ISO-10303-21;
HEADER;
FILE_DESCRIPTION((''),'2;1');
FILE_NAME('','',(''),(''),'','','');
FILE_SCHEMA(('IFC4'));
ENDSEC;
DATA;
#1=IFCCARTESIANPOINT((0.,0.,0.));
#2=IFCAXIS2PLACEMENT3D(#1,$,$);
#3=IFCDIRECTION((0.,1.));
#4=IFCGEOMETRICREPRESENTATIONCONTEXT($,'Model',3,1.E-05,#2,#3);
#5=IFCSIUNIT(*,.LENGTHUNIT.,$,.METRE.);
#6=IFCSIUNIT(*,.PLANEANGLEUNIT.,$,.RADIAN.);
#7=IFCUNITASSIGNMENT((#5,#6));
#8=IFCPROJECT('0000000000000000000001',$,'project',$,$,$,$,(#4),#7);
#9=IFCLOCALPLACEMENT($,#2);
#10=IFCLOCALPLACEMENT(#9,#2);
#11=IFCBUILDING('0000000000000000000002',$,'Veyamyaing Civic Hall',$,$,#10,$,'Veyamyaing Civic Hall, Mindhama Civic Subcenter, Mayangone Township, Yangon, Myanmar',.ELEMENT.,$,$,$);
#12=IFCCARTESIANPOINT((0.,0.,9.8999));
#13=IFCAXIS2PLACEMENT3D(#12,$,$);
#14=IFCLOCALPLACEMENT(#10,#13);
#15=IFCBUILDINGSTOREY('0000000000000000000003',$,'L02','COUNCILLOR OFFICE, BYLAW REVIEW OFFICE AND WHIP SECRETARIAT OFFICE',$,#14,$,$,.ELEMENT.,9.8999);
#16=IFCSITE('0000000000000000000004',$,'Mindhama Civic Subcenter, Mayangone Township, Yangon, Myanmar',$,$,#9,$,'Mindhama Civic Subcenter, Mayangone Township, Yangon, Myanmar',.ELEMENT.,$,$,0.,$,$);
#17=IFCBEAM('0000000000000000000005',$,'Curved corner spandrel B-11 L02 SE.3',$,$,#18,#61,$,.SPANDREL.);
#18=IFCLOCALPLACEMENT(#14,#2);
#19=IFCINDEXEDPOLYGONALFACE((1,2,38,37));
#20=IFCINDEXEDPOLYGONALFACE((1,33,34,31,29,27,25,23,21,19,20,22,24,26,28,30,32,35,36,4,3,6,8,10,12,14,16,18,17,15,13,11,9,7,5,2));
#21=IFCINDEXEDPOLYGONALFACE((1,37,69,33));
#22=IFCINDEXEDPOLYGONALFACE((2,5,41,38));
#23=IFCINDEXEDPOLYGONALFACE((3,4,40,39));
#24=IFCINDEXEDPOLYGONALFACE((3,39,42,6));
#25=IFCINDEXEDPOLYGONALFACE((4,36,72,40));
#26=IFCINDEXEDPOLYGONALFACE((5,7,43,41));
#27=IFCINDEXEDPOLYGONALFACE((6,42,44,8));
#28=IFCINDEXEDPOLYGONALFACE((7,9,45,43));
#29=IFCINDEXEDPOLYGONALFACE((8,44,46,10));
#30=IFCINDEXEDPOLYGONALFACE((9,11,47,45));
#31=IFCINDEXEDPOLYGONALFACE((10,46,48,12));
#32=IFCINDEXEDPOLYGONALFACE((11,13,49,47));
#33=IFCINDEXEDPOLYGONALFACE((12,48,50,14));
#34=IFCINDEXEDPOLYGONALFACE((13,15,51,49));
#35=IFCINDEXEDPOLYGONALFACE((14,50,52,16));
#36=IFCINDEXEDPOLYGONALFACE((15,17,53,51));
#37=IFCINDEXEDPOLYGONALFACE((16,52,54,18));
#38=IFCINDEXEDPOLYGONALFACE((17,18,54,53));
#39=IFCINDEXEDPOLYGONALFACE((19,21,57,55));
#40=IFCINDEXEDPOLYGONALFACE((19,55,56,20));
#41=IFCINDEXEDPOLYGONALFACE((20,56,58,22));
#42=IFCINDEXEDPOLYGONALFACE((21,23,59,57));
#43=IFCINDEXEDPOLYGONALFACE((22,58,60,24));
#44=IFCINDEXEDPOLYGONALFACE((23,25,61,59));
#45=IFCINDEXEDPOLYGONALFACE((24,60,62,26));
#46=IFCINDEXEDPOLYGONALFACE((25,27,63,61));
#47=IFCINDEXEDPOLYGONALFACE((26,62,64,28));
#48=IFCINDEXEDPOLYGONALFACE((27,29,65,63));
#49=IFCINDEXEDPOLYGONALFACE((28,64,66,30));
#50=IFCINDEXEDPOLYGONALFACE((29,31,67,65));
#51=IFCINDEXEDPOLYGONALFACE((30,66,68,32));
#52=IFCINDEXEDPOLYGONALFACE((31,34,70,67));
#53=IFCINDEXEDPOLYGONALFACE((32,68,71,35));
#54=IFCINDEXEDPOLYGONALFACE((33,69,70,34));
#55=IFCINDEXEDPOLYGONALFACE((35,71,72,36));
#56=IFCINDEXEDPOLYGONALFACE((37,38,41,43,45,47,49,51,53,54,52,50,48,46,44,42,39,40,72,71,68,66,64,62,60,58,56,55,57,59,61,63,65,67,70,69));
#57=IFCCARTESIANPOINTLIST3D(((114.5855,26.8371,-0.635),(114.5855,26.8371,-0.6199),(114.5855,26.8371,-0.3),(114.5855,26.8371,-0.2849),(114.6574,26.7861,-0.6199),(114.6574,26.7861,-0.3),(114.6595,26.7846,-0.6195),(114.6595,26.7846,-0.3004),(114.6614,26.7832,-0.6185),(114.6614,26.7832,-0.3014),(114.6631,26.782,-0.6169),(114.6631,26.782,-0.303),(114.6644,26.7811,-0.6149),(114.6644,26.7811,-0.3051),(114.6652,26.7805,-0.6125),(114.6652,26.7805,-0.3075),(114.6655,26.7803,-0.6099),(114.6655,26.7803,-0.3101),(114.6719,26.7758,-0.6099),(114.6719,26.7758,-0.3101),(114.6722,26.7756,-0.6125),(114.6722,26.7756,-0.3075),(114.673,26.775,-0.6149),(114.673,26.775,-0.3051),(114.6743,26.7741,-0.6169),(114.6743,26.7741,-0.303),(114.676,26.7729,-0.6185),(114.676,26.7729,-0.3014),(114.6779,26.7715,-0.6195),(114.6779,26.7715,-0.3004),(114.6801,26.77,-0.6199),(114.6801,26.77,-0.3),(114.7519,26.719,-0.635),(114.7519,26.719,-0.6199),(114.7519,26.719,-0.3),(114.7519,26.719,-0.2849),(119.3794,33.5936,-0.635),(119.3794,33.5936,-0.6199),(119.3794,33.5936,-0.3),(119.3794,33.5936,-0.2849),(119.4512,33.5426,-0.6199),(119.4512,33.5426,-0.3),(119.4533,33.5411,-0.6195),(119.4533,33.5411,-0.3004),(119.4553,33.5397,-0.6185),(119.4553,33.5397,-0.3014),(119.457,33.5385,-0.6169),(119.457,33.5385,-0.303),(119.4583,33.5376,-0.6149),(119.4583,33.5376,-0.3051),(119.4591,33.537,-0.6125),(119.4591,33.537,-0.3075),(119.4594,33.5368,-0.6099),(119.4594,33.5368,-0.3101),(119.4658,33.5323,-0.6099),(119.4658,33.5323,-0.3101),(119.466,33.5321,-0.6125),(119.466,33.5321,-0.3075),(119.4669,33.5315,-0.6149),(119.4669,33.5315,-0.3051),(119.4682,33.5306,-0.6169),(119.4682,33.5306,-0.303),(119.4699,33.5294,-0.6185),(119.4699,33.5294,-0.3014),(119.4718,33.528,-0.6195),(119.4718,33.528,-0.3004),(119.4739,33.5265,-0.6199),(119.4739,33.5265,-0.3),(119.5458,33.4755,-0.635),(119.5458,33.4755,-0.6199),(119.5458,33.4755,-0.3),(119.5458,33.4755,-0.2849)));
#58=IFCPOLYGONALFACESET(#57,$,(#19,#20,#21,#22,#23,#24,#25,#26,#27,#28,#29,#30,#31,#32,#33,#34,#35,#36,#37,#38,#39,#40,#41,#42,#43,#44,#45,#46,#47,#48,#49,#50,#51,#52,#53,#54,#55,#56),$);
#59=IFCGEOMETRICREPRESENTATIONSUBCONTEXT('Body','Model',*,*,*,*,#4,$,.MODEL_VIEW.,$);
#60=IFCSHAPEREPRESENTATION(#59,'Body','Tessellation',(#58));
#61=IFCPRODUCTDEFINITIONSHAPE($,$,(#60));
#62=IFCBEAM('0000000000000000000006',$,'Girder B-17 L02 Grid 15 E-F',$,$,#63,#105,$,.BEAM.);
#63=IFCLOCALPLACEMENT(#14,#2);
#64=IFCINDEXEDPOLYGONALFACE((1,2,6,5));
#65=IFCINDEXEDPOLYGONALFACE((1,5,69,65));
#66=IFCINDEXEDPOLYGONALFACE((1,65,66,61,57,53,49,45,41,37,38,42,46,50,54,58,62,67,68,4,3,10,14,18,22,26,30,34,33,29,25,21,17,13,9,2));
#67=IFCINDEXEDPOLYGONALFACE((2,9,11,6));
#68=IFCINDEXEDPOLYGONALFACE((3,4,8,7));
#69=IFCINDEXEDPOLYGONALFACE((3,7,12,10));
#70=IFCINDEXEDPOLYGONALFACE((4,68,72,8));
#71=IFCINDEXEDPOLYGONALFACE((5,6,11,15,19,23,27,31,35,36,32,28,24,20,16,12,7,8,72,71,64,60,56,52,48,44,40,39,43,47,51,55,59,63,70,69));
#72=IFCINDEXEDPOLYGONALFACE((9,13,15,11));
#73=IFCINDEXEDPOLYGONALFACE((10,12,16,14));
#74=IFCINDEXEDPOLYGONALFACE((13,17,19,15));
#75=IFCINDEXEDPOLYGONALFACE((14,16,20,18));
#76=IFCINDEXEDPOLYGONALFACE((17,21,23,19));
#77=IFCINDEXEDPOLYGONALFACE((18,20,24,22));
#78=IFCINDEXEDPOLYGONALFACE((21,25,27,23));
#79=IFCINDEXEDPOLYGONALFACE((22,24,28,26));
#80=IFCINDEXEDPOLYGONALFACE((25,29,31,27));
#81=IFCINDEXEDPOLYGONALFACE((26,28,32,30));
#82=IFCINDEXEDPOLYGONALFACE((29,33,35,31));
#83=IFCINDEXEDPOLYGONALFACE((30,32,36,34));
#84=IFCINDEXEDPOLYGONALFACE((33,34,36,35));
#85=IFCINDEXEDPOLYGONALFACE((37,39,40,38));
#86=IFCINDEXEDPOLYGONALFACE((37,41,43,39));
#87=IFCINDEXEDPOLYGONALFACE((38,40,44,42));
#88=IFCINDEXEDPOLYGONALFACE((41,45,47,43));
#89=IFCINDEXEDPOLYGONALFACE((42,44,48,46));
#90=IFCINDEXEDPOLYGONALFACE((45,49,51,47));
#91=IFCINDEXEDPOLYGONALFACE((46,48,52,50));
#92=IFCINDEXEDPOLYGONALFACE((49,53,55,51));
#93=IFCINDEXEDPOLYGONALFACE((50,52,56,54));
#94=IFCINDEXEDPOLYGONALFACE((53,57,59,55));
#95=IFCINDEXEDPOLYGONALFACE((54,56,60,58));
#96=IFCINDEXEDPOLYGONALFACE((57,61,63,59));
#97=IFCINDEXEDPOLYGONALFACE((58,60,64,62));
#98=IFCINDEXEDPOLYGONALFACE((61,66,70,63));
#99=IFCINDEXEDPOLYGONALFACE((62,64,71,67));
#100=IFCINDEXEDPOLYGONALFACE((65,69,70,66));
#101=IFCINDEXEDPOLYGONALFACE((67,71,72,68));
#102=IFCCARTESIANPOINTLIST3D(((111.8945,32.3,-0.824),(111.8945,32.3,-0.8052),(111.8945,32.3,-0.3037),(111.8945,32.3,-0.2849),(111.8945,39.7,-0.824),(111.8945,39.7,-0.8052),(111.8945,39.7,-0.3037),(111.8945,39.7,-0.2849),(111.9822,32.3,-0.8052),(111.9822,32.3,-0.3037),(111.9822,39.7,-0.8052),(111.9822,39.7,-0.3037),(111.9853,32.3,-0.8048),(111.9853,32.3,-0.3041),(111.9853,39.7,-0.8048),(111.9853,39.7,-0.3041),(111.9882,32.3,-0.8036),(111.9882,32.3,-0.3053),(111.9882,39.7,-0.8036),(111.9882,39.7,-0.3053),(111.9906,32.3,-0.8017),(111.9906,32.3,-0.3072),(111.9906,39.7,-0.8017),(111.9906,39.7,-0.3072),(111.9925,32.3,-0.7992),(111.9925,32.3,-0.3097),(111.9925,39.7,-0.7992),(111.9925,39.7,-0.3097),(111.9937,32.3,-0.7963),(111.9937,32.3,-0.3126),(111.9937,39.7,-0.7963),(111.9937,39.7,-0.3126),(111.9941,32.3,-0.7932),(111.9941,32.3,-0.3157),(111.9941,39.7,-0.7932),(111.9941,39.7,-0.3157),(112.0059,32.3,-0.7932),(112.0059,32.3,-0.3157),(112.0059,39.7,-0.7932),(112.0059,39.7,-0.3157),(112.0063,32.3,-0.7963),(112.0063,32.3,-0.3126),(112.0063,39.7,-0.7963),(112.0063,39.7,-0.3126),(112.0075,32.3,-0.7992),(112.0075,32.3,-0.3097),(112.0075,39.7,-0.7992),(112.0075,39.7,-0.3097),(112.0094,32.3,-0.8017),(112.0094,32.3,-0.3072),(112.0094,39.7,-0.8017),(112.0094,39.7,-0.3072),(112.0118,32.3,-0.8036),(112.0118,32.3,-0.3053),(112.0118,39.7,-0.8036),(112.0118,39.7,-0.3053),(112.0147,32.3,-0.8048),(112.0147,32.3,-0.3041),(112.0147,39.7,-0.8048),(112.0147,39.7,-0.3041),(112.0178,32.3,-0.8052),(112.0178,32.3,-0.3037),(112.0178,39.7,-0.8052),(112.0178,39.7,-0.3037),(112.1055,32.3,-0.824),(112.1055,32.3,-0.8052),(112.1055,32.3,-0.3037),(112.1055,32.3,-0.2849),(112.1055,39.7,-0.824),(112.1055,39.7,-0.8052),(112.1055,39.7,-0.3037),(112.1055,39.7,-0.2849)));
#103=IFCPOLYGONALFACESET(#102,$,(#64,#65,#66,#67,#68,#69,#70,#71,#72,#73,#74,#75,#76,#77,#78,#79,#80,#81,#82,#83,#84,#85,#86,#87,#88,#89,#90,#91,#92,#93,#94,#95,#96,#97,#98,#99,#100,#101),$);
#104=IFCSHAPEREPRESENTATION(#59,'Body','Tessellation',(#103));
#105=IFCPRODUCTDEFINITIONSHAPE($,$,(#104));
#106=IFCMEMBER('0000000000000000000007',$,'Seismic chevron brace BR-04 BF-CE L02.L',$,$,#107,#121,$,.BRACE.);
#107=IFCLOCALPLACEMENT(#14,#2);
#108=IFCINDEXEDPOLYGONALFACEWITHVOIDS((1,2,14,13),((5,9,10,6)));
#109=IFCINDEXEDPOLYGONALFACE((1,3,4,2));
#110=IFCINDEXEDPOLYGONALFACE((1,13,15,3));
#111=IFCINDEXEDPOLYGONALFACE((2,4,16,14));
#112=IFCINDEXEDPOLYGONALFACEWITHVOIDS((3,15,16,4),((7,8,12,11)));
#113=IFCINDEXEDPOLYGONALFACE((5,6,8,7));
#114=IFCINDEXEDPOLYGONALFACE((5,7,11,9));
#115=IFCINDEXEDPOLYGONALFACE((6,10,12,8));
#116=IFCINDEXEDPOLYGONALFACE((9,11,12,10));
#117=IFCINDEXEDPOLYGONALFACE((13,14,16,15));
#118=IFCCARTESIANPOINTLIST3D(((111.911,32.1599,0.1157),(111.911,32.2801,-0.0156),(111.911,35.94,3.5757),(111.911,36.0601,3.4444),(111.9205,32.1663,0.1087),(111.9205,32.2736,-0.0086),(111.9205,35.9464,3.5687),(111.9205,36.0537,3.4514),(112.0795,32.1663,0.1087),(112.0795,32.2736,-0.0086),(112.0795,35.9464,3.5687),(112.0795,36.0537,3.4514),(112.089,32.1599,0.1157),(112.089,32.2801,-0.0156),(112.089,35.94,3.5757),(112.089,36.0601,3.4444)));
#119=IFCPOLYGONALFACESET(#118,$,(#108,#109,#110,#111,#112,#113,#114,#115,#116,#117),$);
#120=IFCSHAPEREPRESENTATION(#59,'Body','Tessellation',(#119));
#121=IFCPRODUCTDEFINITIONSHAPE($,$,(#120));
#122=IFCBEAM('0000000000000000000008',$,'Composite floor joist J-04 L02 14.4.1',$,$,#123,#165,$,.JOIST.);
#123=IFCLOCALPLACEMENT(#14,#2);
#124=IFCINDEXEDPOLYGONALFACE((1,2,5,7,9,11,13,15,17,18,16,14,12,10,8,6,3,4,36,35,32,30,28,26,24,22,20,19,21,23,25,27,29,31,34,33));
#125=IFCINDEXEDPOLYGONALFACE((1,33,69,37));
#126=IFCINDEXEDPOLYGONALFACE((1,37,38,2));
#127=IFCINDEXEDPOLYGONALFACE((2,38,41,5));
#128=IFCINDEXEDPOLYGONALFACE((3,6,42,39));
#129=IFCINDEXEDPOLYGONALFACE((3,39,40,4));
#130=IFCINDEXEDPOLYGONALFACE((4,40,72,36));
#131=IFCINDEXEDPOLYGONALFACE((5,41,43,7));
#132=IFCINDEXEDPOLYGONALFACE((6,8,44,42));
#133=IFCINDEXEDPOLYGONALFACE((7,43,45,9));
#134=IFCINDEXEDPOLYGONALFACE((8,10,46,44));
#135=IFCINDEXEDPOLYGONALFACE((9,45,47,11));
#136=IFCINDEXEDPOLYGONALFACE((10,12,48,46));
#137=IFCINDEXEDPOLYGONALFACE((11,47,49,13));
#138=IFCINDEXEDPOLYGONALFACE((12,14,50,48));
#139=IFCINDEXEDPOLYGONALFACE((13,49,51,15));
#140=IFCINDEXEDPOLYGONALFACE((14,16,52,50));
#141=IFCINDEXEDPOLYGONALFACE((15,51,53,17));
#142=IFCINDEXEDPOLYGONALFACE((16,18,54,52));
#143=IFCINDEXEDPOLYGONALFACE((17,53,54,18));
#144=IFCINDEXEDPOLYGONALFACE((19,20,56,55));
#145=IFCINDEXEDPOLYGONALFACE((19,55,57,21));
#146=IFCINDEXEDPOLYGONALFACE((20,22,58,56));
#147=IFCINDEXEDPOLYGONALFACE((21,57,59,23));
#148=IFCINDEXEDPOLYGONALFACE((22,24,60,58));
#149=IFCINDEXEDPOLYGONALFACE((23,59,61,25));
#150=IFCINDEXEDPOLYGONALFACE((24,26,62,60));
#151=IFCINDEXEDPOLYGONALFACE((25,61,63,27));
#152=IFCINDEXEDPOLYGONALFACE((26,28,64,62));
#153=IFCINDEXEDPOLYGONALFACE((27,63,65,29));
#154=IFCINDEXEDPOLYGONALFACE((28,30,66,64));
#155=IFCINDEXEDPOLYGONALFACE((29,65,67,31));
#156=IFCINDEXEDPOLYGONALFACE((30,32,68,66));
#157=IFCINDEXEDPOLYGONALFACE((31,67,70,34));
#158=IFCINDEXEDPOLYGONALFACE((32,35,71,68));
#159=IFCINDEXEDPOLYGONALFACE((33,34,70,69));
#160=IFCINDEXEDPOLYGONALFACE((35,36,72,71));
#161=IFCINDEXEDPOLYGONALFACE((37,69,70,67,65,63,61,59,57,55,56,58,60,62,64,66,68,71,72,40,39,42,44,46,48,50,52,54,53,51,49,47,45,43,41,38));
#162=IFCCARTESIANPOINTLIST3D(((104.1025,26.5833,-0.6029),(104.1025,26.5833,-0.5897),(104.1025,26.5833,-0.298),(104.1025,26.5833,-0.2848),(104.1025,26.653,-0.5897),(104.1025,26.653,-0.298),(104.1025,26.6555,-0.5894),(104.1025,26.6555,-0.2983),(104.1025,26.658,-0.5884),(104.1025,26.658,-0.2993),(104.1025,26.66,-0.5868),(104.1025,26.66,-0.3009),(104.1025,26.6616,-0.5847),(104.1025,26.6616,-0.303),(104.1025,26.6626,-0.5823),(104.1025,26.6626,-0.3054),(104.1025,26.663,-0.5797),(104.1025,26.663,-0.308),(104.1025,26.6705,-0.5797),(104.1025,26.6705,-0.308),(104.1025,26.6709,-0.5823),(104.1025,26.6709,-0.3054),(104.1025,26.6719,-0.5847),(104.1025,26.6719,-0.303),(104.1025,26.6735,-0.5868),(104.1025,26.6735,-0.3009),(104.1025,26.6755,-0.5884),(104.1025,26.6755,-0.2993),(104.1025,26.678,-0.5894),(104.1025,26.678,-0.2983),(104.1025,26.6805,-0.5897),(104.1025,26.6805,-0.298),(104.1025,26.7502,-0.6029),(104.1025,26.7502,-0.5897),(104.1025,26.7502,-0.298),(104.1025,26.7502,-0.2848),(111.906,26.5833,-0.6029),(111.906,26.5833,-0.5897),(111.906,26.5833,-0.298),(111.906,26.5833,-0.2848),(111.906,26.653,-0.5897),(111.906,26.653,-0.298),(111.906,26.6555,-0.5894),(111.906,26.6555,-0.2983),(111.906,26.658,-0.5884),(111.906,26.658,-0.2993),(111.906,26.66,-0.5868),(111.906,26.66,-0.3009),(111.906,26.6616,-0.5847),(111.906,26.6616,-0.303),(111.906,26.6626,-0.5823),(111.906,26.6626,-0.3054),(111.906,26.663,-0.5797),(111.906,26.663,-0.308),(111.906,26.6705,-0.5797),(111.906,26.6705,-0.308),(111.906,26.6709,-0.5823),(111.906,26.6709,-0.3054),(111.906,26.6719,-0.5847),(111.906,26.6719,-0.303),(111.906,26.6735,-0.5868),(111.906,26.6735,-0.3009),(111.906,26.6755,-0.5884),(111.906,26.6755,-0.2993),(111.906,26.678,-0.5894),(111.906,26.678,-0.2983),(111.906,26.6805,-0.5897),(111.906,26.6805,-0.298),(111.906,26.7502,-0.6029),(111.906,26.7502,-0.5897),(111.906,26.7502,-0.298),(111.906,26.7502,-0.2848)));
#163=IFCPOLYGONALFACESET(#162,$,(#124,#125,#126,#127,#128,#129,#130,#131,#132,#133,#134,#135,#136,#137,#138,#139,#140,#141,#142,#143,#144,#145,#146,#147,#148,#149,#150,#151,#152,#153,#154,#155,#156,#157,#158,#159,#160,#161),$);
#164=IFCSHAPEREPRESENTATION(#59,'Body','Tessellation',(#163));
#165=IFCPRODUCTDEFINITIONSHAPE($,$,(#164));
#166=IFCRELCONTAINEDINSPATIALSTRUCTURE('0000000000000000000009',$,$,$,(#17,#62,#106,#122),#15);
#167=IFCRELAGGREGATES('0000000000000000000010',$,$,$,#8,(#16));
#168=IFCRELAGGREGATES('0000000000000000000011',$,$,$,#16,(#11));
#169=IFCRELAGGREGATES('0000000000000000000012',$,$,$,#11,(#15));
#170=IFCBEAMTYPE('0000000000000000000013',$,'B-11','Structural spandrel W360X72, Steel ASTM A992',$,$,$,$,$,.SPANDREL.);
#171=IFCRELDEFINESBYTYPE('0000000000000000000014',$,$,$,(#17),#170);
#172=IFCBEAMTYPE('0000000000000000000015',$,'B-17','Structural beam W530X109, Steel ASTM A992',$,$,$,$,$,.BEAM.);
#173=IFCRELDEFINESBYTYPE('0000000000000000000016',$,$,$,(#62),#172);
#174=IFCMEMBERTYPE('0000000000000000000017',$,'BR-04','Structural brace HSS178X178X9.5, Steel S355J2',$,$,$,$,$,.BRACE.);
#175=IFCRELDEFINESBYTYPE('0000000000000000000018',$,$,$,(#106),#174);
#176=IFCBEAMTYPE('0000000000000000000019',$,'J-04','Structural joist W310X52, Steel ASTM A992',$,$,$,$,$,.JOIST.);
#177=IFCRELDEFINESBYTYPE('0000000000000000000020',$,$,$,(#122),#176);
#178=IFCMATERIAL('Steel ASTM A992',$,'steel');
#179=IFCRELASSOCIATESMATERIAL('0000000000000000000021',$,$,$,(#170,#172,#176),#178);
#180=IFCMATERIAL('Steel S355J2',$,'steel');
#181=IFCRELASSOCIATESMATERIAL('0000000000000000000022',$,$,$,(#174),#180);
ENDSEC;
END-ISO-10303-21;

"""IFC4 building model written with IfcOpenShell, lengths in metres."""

from ifc_helpers import new_model, si_unit, direction, frame, origin, origin_2d, place, context, subcontext, project, spatial, hollow_rectangle, i_section, extrude, material, material_profile, profile_set, type_object, element, save


model = new_model("IFC4")

# Units and contexts
model_context = context("Model", 3, precision=1e-05, world=origin(), true_north=direction((0.0, 1.0)))
body_context = subcontext(model_context, "Body", "Model", "MODEL_VIEW")
ifc_project = project(units=[si_unit("LENGTHUNIT", "METRE"), si_unit("PLANEANGLEUNIT", "RADIAN")], contexts=[model_context])

# Site, building, storey
site_placement = place(None, origin())
site = spatial("IfcSite", under=ifc_project, at=site_placement, Name="Mindhama Civic Subcenter, Mayangone Township, Yangon, Myanmar", LongName="Mindhama Civic Subcenter, Mayangone Township, Yangon, Myanmar", CompositionType="ELEMENT", RefElevation=0.0)
building_placement = place(site_placement, origin())
building = spatial("IfcBuilding", under=site, at=building_placement, Name="Veyamyaing Civic Hall", LongName="Veyamyaing Civic Hall, Mindhama Civic Subcenter, Mayangone Township, Yangon, Myanmar", CompositionType="ELEMENT")
storey_placement = place(building_placement, frame((0.0, 0.0, 9.8999)))
storey = spatial("IfcBuildingStorey", under=building, at=storey_placement, Name="L02", Description="COUNCILLOR OFFICE, BYLAW REVIEW OFFICE AND WHIP SECRETARIAT OFFICE", CompositionType="ELEMENT", Elevation=9.8999)

# Beams
ifc_material_1 = material(Name="Steel ASTM A992", Category="steel")
ifc_material_profile_1 = material_profile(ifc_material_1, i_section(OverallWidth=0.2041, OverallDepth=0.3501, WebThickness=0.0078, FlangeThickness=0.0151, FilletRadius=0.01, at=origin_2d()), Name="W360X72")
ifc_profile_set_1 = profile_set([ifc_material_profile_1], Name="Steel ASTM A992")
beam_type_1 = type_object("IfcBeamType", Name="B-11", Description="Structural spandrel W360X72, Steel ASTM A992", PredefinedType="SPANDREL", material=ifc_profile_set_1)
beam_1_placement = place(storey_placement, frame((114.6687, 26.7781, -0.46), z_axis=(0.578662, 0.815567, 0.0), x_axis=(-0.815567, 0.578662, 0.0)))
element("IfcBeam", 1, at=beam_1_placement, inside=storey, type_object=beam_type_1, Name="Curved corner spandrel B-11 L02 SE.3", PredefinedType="SPANDREL", context=body_context, shape_type="SweptSolid", body=[
    extrude(i_section(OverallWidth=0.2041, OverallDepth=0.3501, WebThickness=0.0078, FlangeThickness=0.0151, FilletRadius=0.01, at=origin_2d()), origin(), (0.0, 0.0, 1.0), 8.2844),
])
ifc_material_profile_2 = material_profile(ifc_material_1, i_section(OverallWidth=0.2109, OverallDepth=0.5391, WebThickness=0.0117, FlangeThickness=0.0188, FilletRadius=0.012, at=origin_2d()), Name="W530X109")
ifc_profile_set_2 = profile_set([ifc_material_profile_2], Name="Steel ASTM A992")
beam_type_2 = type_object("IfcBeamType", Name="B-17", Description="Structural beam W530X109, Steel ASTM A992", PredefinedType="BEAM", material=ifc_profile_set_2)
beam_2_placement = place(storey_placement, frame((112.0, 32.3, -0.5544), z_axis=(0.0, 1.0, 0.0), x_axis=(-1.0, 0.0, 0.0)))
element("IfcBeam", 2, at=beam_2_placement, inside=storey, type_object=beam_type_2, Name="Girder B-17 L02 Grid 15 E-F", PredefinedType="BEAM", context=body_context, shape_type="SweptSolid", body=[
    extrude(i_section(OverallWidth=0.2109, OverallDepth=0.5391, WebThickness=0.0117, FlangeThickness=0.0188, FilletRadius=0.012, at=origin_2d()), origin(), (0.0, 0.0, 1.0), 7.3999),
])

# Member
ifc_material_2 = material(Name="Steel S355J2", Category="steel")
ifc_material_profile_3 = material_profile(ifc_material_2, hollow_rectangle(XDim=0.178, YDim=0.178, WallThickness=0.0095, at=origin_2d()), Name="HSS178X178X9.5")
ifc_profile_set_3 = profile_set([ifc_material_profile_3], Name="Steel S355J2")
member_type = type_object("IfcMemberType", Name="BR-04", Description="Structural brace HSS178X178X9.5, Steel S355J2", PredefinedType="BRACE", material=ifc_profile_set_3)
member_placement = place(storey_placement, frame((112.0, 32.22, 0.05), z_axis=(0.0, 0.737646, 0.675187), x_axis=(-1.0, 0.0, 0.0)))
element("IfcMember", 3, at=member_placement, inside=storey, type_object=member_type, Name="Seismic chevron brace BR-04 BF-CE L02.L", PredefinedType="BRACE", context=body_context, shape_type="SweptSolid", body=[
    extrude(hollow_rectangle(XDim=0.178, YDim=0.178, WallThickness=0.0095, at=origin_2d()), origin(), (0.0, 0.0, 1.0), 5.1245),
])

# Beam
ifc_material_profile_4 = material_profile(ifc_material_1, i_section(OverallWidth=0.167, OverallDepth=0.3181, WebThickness=0.0076, FlangeThickness=0.0132, FilletRadius=0.01, at=origin_2d()), Name="W310X52")
ifc_profile_set_4 = profile_set([ifc_material_profile_4], Name="Steel ASTM A992")
beam_type_3 = type_object("IfcBeamType", Name="J-04", Description="Structural joist W310X52, Steel ASTM A992", PredefinedType="JOIST", material=ifc_profile_set_4)
for number, where, z_axis, x_axis, name in (
    (4, (104.1025, 26.6667, -0.4438), (1.0, 0.0, 0.0), (0.0, 1.0, 0.0), "Composite floor joist J-04 L02 14.4.1"),
):
    element("IfcBeam", number, at=place(storey_placement, frame(where, z_axis=z_axis, x_axis=x_axis)), inside=storey, type_object=beam_type_3, Name=name, PredefinedType="JOIST", context=body_context, shape_type="SweptSolid", body=[
        extrude(i_section(OverallWidth=0.167, OverallDepth=0.3181, WebThickness=0.0076, FlangeThickness=0.0132, FilletRadius=0.01, at=origin_2d()), origin(), (0.0, 0.0, 1.0), 7.8035),
    ])

save(model, "model.ifc")
